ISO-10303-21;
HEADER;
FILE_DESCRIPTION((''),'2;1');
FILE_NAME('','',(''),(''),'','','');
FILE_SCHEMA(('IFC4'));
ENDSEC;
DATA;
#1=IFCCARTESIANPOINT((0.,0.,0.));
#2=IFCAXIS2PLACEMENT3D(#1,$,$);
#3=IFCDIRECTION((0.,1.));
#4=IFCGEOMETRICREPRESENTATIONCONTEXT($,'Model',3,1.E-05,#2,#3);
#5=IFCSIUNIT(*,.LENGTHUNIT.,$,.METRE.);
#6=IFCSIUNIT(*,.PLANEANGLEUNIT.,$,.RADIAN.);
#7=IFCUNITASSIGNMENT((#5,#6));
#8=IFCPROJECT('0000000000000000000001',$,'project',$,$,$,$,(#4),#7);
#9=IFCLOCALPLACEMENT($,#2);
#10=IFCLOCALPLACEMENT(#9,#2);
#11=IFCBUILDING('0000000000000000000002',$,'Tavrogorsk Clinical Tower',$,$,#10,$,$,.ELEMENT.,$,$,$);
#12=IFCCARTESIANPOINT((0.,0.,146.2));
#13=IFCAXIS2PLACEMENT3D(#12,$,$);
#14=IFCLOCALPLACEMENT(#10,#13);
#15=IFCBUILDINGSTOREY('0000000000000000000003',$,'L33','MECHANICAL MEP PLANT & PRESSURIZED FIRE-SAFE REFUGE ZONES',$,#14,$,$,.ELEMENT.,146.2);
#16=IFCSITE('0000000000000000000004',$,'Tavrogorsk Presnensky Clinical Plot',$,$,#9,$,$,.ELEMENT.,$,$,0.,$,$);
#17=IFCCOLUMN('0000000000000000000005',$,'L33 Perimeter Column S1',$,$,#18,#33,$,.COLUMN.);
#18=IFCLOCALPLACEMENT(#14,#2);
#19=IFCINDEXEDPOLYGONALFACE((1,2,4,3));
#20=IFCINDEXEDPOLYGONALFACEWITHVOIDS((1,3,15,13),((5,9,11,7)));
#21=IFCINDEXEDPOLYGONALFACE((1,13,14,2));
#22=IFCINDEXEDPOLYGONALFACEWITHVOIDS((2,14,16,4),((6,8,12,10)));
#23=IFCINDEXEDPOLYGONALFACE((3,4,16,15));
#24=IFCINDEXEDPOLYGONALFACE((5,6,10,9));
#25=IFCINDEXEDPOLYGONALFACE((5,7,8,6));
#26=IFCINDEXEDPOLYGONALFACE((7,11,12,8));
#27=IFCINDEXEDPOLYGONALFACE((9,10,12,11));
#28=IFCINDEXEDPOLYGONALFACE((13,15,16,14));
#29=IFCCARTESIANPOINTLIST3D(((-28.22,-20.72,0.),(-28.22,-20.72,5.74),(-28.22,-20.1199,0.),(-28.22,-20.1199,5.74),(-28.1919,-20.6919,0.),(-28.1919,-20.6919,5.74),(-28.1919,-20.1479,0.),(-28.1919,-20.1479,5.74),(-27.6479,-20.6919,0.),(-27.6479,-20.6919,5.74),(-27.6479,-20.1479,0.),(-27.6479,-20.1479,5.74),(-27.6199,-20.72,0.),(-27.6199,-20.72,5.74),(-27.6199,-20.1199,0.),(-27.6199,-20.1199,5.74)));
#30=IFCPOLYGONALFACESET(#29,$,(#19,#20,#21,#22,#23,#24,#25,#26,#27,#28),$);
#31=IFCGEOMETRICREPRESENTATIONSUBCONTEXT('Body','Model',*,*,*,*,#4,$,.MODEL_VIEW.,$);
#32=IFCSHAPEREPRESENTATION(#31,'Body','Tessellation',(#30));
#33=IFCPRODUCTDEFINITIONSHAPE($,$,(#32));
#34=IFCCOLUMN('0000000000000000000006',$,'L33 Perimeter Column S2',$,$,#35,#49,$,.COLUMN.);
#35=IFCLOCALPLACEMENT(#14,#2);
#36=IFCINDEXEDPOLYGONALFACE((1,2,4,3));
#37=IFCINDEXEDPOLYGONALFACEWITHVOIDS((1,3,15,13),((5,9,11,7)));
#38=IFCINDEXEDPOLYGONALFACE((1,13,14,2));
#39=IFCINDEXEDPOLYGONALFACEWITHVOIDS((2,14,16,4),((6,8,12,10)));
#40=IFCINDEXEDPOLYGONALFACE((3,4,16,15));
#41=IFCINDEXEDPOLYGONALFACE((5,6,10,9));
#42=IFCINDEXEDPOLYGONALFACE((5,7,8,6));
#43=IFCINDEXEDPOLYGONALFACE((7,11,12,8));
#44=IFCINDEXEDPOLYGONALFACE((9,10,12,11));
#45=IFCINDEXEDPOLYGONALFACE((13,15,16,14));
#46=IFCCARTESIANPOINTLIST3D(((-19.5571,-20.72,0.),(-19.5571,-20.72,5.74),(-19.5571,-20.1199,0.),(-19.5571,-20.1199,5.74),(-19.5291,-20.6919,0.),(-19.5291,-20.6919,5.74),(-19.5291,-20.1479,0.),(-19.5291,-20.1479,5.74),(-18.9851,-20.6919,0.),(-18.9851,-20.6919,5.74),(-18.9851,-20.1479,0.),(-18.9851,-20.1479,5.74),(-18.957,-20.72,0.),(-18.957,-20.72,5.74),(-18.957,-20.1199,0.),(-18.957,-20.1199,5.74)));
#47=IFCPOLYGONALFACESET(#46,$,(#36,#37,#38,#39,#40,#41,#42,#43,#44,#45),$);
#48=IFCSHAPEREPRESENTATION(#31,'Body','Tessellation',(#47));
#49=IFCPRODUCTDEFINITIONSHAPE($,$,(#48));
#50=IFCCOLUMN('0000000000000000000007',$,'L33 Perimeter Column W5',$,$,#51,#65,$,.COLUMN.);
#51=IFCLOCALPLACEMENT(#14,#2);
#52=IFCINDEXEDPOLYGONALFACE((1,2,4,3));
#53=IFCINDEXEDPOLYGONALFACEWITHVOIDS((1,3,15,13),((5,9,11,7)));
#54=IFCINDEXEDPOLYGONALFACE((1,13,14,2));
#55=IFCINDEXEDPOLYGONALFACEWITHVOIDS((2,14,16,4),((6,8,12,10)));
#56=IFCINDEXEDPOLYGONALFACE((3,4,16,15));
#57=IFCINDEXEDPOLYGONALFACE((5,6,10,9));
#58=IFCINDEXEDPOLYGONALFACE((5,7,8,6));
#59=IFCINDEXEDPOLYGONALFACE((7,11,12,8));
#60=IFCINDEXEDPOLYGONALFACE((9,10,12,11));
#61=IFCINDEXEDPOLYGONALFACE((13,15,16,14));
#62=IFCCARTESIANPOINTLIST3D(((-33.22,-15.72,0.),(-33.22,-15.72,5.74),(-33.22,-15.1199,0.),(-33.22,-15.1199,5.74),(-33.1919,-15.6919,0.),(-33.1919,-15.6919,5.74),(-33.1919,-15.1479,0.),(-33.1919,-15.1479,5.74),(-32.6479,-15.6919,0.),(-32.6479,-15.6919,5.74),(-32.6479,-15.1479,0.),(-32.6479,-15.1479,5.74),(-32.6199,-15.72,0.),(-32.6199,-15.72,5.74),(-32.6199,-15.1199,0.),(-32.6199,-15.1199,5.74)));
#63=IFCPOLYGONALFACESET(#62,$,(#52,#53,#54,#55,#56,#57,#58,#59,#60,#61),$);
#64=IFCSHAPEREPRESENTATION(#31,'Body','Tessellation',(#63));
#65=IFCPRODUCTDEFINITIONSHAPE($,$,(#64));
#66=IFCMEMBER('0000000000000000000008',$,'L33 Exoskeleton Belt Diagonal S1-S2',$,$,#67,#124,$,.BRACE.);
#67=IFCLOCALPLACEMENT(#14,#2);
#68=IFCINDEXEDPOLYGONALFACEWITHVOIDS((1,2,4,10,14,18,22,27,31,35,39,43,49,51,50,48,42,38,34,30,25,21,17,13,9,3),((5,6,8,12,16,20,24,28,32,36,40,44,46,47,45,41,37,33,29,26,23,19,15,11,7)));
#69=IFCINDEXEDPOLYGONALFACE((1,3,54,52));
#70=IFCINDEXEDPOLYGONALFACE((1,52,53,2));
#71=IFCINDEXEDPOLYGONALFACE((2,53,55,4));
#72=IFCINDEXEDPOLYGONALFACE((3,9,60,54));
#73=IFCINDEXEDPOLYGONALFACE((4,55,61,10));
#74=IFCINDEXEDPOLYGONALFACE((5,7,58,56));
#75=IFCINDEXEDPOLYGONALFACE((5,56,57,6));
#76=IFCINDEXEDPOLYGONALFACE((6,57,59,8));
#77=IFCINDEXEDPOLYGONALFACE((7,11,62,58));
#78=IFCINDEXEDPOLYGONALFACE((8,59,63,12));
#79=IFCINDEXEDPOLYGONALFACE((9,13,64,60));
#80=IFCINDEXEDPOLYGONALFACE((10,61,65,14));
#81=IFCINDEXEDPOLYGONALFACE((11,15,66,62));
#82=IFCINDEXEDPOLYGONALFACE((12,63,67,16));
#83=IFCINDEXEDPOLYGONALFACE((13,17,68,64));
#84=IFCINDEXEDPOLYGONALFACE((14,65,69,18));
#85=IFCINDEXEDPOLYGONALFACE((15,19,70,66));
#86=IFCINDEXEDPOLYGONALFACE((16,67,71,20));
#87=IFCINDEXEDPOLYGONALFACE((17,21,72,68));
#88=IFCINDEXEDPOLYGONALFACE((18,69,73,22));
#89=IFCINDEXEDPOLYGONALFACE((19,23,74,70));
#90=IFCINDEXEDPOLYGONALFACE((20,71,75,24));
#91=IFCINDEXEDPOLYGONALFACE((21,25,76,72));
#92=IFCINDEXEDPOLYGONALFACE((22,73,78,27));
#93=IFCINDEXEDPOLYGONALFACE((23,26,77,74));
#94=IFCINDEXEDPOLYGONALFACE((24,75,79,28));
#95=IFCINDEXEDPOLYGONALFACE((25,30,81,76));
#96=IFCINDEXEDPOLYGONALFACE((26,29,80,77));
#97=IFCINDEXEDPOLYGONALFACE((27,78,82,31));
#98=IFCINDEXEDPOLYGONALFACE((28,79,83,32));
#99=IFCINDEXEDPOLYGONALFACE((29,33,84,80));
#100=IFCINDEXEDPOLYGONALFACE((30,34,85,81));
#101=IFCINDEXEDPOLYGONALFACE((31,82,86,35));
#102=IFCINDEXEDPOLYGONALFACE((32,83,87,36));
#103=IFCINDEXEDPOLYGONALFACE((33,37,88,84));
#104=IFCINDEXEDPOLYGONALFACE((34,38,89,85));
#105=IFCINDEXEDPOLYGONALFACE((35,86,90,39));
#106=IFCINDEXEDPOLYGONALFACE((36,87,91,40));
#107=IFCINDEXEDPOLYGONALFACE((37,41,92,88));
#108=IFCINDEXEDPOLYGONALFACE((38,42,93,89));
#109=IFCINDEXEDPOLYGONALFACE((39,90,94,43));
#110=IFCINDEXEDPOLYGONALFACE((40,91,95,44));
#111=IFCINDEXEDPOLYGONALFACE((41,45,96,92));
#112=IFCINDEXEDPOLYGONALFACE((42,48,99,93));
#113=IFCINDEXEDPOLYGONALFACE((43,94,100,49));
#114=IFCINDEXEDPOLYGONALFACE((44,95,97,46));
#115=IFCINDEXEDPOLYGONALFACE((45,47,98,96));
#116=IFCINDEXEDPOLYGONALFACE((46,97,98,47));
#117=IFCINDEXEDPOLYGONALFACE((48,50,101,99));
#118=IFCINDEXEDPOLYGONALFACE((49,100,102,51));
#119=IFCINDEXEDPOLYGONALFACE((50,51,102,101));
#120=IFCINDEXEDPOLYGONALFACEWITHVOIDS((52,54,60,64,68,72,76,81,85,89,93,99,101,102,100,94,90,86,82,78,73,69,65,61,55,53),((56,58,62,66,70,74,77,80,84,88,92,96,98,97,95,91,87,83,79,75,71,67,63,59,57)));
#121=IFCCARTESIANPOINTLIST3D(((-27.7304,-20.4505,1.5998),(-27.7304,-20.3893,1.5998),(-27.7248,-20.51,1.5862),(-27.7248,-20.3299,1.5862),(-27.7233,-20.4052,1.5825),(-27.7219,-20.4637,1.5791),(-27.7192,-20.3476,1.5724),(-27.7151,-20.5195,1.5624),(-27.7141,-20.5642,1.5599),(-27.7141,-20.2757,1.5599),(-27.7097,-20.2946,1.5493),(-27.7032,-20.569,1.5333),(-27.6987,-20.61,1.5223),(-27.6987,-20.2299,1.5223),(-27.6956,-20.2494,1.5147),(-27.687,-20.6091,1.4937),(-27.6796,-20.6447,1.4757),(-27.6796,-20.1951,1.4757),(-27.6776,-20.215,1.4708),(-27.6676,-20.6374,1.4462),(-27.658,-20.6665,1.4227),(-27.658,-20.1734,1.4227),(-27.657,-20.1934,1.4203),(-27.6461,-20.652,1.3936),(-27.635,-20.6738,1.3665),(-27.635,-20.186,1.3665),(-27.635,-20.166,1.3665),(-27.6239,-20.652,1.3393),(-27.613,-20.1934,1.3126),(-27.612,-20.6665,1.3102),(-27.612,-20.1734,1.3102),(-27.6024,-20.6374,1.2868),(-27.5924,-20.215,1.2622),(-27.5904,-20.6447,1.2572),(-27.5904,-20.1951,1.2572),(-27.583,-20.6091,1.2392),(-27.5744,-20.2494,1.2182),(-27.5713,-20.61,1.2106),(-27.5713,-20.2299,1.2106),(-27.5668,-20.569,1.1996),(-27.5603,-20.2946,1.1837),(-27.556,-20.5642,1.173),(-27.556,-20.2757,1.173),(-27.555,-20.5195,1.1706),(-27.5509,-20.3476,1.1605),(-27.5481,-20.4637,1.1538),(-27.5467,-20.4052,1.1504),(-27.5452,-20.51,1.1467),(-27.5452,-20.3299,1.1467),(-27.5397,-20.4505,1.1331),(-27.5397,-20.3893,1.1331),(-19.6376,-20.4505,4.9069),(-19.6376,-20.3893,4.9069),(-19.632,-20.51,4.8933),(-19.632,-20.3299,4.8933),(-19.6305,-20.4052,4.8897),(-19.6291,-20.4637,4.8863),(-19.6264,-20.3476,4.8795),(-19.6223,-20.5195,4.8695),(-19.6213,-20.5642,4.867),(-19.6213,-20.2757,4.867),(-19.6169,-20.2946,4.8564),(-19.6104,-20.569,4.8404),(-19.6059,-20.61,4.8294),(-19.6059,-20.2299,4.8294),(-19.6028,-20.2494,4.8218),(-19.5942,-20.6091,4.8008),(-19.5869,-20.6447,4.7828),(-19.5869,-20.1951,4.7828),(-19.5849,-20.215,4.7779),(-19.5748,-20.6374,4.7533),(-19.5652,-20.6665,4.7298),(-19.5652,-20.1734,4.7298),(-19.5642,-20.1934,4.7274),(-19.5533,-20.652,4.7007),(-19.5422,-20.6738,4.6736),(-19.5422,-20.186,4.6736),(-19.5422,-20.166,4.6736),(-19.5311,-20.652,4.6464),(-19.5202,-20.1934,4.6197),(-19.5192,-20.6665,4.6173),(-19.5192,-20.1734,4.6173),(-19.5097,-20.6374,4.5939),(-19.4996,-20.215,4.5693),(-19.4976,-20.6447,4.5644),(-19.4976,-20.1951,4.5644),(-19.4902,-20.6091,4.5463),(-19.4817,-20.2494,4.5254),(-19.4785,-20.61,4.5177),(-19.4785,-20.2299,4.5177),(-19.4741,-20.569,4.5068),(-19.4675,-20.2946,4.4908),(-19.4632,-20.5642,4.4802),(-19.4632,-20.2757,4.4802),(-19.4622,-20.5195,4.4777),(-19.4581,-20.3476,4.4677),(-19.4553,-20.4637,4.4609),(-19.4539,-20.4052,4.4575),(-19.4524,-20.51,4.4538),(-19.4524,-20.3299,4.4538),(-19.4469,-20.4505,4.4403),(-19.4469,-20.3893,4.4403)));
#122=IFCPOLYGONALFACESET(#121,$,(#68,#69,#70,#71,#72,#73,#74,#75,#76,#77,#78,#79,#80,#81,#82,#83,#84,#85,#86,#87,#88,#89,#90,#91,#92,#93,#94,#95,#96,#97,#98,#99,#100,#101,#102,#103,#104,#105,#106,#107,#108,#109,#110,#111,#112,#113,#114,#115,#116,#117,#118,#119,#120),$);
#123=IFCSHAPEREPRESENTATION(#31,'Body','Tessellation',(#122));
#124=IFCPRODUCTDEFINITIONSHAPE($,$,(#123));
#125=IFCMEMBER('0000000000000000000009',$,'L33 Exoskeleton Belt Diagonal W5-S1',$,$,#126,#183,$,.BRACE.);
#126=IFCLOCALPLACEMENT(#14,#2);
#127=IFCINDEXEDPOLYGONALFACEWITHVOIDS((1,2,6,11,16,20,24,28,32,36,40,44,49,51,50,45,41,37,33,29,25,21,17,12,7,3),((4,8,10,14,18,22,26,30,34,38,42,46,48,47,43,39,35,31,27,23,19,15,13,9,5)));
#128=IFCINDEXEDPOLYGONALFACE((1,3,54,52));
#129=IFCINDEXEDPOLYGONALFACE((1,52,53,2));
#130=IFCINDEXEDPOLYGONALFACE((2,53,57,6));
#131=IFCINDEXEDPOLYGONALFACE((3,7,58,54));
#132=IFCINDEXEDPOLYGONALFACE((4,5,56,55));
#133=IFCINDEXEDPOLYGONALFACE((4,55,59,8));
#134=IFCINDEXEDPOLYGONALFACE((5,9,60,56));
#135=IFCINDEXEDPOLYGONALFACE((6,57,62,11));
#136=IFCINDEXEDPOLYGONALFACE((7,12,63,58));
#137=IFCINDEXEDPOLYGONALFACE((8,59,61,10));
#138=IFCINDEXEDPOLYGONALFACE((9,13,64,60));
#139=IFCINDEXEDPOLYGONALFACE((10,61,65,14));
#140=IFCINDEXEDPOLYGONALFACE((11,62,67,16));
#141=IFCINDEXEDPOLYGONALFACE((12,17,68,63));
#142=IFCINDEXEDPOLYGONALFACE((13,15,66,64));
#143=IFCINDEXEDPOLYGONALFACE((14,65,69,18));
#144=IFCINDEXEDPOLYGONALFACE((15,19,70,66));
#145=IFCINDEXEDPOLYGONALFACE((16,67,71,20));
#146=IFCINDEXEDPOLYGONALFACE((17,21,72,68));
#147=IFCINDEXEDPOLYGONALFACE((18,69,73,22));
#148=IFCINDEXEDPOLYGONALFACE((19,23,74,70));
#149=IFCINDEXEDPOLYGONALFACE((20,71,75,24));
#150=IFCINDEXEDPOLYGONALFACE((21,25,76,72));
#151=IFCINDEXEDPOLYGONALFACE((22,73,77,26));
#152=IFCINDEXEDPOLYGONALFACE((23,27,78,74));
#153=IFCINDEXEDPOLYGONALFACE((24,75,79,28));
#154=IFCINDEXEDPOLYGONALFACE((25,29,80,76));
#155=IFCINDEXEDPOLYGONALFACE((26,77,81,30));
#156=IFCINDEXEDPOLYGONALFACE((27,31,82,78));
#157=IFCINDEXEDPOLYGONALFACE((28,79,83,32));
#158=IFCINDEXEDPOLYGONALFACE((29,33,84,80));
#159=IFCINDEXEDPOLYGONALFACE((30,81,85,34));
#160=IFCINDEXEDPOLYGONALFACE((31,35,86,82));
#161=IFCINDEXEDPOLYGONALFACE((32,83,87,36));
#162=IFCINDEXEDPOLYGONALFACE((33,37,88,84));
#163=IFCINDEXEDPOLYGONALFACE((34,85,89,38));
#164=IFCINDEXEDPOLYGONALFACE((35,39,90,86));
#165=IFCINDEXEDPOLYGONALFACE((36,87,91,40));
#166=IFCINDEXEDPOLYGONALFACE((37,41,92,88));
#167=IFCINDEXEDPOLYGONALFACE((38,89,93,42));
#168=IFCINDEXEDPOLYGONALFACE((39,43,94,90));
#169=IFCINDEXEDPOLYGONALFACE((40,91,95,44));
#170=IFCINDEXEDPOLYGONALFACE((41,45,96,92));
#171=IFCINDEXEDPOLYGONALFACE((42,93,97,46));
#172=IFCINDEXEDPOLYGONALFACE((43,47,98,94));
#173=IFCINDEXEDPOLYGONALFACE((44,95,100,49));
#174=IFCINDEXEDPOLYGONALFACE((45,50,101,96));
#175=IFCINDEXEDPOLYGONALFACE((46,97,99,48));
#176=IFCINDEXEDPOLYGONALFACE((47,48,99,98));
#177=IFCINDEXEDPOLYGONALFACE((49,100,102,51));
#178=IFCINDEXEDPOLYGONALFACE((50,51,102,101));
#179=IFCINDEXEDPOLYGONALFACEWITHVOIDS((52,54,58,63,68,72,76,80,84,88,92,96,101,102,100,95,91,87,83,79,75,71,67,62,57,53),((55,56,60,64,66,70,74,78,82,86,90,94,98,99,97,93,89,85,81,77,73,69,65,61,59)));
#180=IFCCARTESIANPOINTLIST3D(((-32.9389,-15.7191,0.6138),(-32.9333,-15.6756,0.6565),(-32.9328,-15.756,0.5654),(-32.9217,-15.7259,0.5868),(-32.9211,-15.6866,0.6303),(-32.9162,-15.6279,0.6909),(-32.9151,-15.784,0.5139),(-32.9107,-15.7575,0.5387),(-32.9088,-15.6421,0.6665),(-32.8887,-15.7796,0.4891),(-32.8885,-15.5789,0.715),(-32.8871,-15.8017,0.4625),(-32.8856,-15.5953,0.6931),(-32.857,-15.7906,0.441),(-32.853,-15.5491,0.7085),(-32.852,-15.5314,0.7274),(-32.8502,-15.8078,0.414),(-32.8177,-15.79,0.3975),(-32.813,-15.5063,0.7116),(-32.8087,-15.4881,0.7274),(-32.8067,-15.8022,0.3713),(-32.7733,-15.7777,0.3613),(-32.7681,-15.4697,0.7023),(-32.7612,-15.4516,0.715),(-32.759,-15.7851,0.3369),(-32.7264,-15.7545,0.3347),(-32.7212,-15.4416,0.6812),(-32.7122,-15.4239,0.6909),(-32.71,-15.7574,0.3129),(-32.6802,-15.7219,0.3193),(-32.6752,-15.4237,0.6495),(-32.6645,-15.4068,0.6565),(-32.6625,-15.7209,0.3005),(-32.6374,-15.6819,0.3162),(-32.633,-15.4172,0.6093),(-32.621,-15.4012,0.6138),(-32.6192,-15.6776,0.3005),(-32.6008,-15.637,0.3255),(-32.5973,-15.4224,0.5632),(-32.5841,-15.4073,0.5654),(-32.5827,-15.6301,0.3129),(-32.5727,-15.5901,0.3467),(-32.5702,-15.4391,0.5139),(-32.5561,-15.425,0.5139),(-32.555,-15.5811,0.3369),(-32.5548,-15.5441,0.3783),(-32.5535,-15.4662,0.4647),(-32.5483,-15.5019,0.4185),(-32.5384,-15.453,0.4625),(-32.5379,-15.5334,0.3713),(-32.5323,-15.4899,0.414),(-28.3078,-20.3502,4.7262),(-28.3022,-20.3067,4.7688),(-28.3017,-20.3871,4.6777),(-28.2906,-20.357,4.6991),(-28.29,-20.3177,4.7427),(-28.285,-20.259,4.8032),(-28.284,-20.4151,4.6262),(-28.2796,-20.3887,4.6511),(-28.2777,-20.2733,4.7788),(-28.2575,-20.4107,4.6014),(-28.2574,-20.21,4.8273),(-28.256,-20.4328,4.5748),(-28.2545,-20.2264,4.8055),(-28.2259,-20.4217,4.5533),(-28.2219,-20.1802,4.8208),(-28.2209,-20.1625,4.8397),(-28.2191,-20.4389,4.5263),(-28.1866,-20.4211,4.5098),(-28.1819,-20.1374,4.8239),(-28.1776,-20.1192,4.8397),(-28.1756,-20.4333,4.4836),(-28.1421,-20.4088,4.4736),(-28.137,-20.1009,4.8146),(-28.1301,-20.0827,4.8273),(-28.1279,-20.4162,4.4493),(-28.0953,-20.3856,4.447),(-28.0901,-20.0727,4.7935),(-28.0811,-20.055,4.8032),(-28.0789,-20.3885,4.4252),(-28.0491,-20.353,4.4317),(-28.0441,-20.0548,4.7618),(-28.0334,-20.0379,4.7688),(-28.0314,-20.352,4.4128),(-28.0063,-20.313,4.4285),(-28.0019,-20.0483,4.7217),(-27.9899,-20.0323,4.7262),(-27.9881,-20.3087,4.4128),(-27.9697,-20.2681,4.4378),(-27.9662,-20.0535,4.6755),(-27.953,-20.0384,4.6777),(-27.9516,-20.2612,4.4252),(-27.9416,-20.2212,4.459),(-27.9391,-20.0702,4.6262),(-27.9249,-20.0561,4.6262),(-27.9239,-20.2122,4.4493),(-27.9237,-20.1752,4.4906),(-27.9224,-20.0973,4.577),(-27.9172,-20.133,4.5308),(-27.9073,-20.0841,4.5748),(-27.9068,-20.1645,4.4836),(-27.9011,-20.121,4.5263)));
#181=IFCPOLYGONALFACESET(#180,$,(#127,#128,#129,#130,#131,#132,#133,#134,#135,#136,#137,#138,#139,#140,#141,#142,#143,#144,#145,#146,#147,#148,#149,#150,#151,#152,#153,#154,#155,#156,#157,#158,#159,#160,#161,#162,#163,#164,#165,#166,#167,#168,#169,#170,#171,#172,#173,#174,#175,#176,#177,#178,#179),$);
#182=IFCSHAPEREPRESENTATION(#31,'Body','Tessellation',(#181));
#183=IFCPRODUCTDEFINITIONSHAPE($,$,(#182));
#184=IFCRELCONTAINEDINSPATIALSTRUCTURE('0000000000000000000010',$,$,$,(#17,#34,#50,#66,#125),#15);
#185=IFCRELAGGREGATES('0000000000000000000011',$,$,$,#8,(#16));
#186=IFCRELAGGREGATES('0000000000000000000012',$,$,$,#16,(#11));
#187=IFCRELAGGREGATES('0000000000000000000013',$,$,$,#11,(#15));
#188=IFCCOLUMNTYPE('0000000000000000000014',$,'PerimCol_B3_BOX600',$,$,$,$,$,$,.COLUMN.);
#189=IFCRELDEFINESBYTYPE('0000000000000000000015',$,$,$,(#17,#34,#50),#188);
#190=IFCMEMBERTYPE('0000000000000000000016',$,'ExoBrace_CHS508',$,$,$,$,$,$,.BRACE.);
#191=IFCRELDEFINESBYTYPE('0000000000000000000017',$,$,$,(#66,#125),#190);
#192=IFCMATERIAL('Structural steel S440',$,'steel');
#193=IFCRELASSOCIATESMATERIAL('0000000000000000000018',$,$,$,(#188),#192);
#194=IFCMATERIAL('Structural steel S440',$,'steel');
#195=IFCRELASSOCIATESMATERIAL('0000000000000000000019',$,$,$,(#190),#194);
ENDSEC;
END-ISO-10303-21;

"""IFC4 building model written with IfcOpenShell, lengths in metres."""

from ifc_helpers import new_model, si_unit, direction, frame, origin, origin_2d, place, context, subcontext, project, spatial, hollow_rectangle, hollow_circle, extrude, material, material_profile, profile_set, type_object, element, save


model = new_model("IFC4")

# Units and contexts
model_context = context("Model", 3, precision=1e-05, world=origin(), true_north=direction((0.0, 1.0)))
body_context = subcontext(model_context, "Body", "Model", "MODEL_VIEW")
ifc_project = project(units=[si_unit("LENGTHUNIT", "METRE"), si_unit("PLANEANGLEUNIT", "RADIAN")], contexts=[model_context])

# Site, building, storey
site_placement = place(None, origin())
site = spatial("IfcSite", under=ifc_project, at=site_placement, Name="Tavrogorsk Presnensky Clinical Plot", CompositionType="ELEMENT", RefElevation=0.0)
building_placement = place(site_placement, origin())
building = spatial("IfcBuilding", under=site, at=building_placement, Name="Tavrogorsk Clinical Tower", CompositionType="ELEMENT")
storey_placement = place(building_placement, frame((0.0, 0.0, 146.2)))
storey = spatial("IfcBuildingStorey", under=building, at=storey_placement, Name="L33", Description="MECHANICAL MEP PLANT & PRESSURIZED FIRE-SAFE REFUGE ZONES", CompositionType="ELEMENT", Elevation=146.2)

# Columns
ifc_material_1 = material(Name="Structural steel S440", Category="steel")
ifc_material_profile_1 = material_profile(ifc_material_1, hollow_rectangle(XDim=0.6001, YDim=0.6001, WallThickness=0.0281, at=origin_2d()), Name="BOX-600x600x28")
ifc_profile_set_1 = profile_set([ifc_material_profile_1], Name="Structural steel S440")
column_type = type_object("IfcColumnType", Name="PerimCol_B3_BOX600", PredefinedType="COLUMN", material=ifc_profile_set_1)
for number, where, z_axis, x_axis, name in (
    (1, (-27.9199, -20.4199, 0.0), (0.0, 0.0, 1.0), (1.0, 0.0, 0.0), "L33 Perimeter Column S1"),
    (2, (-19.2571, -20.4199, 0.0), (0.0, 0.0, 1.0), (1.0, 0.0, 0.0), "L33 Perimeter Column S2"),
    (3, (-32.9199, -15.4199, 0.0), (0.0, 0.0, 1.0), (1.0, 0.0, 0.0), "L33 Perimeter Column W5"),
):
    element("IfcColumn", number, at=place(storey_placement, frame(where, z_axis=z_axis, x_axis=x_axis)), inside=storey, type_object=column_type, Name=name, PredefinedType="COLUMN", context=body_context, shape_type="SweptSolid", body=[
        extrude(hollow_rectangle(XDim=0.6001, YDim=0.6001, WallThickness=0.0281, at=origin_2d()), origin(), (0.0, 0.0, 1.0), 5.74),
    ])

# Members
ifc_material_2 = material(Name="Structural steel S440", Category="steel")
ifc_material_profile_2 = material_profile(ifc_material_2, hollow_circle(Radius=0.2539, WallThickness=0.02, at=origin_2d()), Name="CHS-508x20")
ifc_profile_set_2 = profile_set([ifc_material_profile_2], Name="Structural steel S440")
member_type_1 = type_object("IfcMemberType", Name="ExoBrace_CHS508", PredefinedType="BRACE", material=ifc_profile_set_2)
member_1_placement = place(storey_placement, frame((-27.635, -20.4199, 1.3665), z_axis=(0.925689, 0.0, 0.378285), x_axis=(0.0, 1.0, 0.0)))
element("IfcMember", 4, at=member_1_placement, inside=storey, type_object=member_type_1, Name="L33 Exoskeleton Belt Diagonal S1-S2", PredefinedType="BRACE", context=body_context, shape_type="SweptSolid", body=[
    extrude(hollow_circle(Radius=0.2539, WallThickness=0.02, at=origin_2d()), origin(), (0.0, 0.0, 1.0), 8.7424),
])
member_2_placement = place(storey_placement, frame((-32.7356, -15.6045, 0.5139), z_axis=(0.598845, -0.598845, 0.53176), x_axis=(0.707107, 0.707107, 0.0)))
element("IfcMember", 5, at=member_2_placement, inside=storey, type_object=member_type_1, Name="L33 Exoskeleton Belt Diagonal W5-S1", PredefinedType="BRACE", context=body_context, shape_type="SweptSolid", body=[
    extrude(hollow_circle(Radius=0.2539, WallThickness=0.02, at=origin_2d()), origin(), (0.0, 0.0, 1.0), 7.7334),
])

save(model, "model.ifc")
